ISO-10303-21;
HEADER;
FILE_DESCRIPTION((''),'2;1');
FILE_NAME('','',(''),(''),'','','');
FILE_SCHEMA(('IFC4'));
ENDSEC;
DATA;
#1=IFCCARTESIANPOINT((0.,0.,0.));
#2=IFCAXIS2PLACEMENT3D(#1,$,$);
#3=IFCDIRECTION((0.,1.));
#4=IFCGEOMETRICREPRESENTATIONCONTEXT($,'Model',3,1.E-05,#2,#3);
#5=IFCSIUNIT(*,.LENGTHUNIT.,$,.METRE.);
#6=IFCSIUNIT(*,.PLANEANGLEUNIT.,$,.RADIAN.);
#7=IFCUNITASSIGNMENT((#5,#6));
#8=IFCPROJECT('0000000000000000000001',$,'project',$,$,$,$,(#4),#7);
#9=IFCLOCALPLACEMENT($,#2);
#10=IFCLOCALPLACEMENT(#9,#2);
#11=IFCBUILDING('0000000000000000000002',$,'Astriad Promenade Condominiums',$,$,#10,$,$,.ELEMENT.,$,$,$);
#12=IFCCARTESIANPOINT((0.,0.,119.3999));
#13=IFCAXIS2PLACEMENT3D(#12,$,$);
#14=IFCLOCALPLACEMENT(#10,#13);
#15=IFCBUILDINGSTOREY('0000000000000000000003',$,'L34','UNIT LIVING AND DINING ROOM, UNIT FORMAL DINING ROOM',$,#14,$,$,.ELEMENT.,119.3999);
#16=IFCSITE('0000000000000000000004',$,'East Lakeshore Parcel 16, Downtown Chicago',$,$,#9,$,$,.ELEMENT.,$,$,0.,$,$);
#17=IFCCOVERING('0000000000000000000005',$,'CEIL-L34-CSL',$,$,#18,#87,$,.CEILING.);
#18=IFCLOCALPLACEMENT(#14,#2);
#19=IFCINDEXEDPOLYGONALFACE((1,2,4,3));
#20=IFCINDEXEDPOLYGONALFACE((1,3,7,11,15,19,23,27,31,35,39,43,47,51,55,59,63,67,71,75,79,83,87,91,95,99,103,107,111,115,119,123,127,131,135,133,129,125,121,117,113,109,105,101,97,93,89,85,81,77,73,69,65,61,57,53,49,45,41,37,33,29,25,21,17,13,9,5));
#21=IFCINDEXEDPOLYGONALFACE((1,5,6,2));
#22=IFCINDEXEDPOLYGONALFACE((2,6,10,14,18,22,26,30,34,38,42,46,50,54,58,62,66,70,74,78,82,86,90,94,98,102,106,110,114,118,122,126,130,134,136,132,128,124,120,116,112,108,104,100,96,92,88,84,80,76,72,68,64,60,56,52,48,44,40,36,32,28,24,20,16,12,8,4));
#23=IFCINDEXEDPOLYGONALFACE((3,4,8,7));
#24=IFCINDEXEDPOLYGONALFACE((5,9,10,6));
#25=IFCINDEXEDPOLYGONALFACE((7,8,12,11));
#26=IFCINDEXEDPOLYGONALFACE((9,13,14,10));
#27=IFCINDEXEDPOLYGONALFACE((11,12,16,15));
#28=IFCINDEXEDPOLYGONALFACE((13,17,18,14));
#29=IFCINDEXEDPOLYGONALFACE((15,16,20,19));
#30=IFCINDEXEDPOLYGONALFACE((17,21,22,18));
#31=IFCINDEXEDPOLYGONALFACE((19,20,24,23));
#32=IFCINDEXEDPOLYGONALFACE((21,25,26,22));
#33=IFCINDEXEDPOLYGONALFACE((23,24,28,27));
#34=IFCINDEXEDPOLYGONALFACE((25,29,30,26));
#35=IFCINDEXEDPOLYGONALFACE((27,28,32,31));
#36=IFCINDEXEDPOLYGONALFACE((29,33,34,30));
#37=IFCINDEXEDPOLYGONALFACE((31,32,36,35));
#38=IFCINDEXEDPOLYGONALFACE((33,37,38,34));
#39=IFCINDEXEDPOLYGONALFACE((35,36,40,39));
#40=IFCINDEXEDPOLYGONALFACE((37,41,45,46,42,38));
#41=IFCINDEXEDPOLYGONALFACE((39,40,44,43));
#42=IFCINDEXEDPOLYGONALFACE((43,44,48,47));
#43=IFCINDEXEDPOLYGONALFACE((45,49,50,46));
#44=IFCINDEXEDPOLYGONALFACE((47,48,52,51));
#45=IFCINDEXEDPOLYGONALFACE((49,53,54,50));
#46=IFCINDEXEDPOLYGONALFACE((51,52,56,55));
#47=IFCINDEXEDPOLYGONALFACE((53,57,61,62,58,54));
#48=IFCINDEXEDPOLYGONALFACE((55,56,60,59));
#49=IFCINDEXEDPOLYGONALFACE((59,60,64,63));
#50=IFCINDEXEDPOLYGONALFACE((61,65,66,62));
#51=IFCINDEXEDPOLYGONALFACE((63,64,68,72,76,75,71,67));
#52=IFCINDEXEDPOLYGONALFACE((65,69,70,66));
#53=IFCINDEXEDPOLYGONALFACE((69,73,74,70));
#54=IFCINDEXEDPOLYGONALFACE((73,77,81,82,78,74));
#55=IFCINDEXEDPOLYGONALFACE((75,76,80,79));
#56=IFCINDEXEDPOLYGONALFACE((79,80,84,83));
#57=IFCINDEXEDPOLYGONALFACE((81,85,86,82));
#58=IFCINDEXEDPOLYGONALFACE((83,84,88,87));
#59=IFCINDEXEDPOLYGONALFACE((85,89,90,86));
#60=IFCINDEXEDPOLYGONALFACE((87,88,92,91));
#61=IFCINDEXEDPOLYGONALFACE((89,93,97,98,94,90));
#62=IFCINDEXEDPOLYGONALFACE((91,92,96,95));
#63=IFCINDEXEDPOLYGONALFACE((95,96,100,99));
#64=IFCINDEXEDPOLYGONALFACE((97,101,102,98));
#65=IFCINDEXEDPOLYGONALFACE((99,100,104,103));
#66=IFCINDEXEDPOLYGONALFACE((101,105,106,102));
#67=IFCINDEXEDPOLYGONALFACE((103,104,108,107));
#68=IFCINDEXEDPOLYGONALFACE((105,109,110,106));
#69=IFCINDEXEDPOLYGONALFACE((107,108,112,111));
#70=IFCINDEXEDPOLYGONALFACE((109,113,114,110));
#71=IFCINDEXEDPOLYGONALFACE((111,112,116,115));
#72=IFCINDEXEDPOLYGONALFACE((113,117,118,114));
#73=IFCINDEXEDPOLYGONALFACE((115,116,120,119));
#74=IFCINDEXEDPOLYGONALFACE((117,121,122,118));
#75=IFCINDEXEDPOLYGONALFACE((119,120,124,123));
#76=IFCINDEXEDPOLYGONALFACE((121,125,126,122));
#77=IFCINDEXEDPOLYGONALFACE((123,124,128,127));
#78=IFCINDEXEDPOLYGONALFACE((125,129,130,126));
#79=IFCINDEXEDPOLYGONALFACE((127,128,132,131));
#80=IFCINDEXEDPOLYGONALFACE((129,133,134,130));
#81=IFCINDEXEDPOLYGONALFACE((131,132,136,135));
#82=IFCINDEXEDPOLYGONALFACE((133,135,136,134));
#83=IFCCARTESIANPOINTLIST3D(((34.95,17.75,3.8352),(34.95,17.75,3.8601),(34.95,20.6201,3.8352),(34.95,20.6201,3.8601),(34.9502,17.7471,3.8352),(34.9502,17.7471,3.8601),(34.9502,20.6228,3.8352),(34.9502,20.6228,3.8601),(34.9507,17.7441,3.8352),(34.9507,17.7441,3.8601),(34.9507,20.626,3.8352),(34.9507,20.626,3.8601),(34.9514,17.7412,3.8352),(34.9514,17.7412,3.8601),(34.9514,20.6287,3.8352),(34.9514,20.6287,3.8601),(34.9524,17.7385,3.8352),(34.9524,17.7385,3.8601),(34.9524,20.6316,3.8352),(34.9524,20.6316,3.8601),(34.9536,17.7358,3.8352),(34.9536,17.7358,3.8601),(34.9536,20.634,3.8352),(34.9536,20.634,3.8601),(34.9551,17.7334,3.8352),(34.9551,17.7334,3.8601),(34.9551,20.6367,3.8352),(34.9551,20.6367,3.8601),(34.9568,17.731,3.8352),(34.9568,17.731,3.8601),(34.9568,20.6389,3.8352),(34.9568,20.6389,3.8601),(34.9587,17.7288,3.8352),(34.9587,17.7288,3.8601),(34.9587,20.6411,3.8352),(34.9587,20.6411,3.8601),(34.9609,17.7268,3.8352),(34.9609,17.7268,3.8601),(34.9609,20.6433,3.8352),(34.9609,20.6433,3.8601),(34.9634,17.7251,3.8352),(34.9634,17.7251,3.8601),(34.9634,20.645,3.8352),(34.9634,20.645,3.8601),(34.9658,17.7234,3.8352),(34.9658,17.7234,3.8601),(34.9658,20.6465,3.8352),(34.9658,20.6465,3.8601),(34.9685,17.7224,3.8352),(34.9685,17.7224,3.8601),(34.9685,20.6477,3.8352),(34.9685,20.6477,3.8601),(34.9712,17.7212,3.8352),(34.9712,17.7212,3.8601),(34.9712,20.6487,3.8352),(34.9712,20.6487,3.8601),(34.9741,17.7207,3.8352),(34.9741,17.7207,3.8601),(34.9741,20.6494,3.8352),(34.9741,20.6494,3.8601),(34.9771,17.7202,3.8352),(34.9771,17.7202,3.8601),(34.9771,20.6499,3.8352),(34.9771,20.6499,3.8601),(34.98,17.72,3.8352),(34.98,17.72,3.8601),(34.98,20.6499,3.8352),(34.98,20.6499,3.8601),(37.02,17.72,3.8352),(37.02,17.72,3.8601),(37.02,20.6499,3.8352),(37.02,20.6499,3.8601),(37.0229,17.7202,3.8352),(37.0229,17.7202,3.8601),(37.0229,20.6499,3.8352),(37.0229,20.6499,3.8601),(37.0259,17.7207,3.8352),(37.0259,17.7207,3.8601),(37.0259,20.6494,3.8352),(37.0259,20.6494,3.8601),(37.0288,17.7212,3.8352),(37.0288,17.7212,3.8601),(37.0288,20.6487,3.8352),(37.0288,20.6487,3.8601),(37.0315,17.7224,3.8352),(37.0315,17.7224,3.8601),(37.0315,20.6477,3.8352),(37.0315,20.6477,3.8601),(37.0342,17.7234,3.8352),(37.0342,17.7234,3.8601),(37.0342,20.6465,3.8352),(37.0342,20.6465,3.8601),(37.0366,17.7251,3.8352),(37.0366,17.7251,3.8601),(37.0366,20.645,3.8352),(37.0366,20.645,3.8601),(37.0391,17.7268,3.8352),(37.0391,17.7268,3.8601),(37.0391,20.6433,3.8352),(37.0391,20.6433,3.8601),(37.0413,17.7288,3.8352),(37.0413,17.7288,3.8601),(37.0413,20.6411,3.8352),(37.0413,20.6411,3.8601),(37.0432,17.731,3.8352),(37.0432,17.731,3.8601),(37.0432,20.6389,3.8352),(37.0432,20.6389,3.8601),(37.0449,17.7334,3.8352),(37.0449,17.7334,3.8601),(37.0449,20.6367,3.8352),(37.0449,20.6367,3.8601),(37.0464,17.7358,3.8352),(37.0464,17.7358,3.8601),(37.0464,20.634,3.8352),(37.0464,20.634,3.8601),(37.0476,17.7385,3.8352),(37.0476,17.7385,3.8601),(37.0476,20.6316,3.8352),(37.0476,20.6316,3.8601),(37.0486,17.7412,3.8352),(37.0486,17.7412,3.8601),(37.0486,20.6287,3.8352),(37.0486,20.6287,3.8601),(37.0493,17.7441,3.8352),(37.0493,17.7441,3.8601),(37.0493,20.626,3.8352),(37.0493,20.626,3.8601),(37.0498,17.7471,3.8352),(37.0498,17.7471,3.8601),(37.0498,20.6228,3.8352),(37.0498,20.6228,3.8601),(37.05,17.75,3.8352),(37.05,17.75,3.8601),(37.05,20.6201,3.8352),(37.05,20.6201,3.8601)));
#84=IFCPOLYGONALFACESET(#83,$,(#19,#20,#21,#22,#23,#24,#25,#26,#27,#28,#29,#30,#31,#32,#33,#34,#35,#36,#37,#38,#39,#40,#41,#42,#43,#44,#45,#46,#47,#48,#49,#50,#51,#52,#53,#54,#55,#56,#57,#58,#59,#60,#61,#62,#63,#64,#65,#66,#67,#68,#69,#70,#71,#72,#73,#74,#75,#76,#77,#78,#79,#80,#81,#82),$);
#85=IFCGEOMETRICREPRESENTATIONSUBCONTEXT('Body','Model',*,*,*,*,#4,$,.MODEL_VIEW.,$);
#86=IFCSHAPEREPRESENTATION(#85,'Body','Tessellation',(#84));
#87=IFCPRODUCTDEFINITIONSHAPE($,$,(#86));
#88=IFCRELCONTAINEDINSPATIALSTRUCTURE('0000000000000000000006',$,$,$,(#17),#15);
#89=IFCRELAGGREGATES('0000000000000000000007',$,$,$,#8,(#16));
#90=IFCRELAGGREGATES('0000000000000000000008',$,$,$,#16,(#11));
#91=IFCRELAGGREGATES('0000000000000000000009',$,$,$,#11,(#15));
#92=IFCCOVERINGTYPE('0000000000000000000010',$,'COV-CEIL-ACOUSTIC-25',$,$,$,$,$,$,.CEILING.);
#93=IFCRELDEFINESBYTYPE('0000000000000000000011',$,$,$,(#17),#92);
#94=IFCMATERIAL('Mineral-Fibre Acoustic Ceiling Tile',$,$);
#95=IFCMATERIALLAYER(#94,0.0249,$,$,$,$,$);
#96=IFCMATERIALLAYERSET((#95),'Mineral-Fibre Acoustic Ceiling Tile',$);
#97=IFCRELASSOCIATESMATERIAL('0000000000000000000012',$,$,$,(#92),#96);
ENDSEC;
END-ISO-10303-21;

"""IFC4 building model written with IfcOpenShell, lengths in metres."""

from ifc_helpers import new_model, si_unit, direction, frame, origin, place, context, subcontext, project, spatial, polyline, outline, extrude, material, layer, layer_set, type_object, element, save


model = new_model("IFC4")

# Units and contexts
model_context = context("Model", 3, precision=1e-05, world=origin(), true_north=direction((0.0, 1.0)))
body_context = subcontext(model_context, "Body", "Model", "MODEL_VIEW")
ifc_project = project(units=[si_unit("LENGTHUNIT", "METRE"), si_unit("PLANEANGLEUNIT", "RADIAN")], contexts=[model_context])

# Site, building, storey
site_placement = place(None, origin())
site = spatial("IfcSite", under=ifc_project, at=site_placement, Name="East Lakeshore Parcel 16, Downtown Chicago", CompositionType="ELEMENT", RefElevation=0.0)
building_placement = place(site_placement, origin())
building = spatial("IfcBuilding", under=site, at=building_placement, Name="Astriad Promenade Condominiums", CompositionType="ELEMENT")
storey_placement = place(building_placement, frame((0.0, 0.0, 119.3999)))
storey = spatial("IfcBuildingStorey", under=building, at=storey_placement, Name="L34", Description="UNIT LIVING AND DINING ROOM, UNIT FORMAL DINING ROOM", CompositionType="ELEMENT", Elevation=119.3999)

# Covering
ifc_material_1 = material(Name="Mineral-Fibre Acoustic Ceiling Tile")
ifc_layer_1 = layer(ifc_material_1, 0.0249)
ifc_layer_set_1 = layer_set([ifc_layer_1], Name="Mineral-Fibre Acoustic Ceiling Tile")
covering_type_1 = type_object("IfcCoveringType", Name="COV-CEIL-ACOUSTIC-25", PredefinedType="CEILING", material=ifc_layer_set_1)
covering_1_placement = place(storey_placement, frame((0.0, 0.0, 3.8352)))
element("IfcCovering", 1, at=covering_1_placement, inside=storey, type_object=covering_type_1, Name="CEIL-L34-CSL", PredefinedType="CEILING", context=body_context, shape_type="SweptSolid", body=[
    extrude(outline(polyline([(34.98, 17.72), (34.9771, 17.7202), (34.9741, 17.7207), (34.9712, 17.7212), (34.9685, 17.7224), (34.9658, 17.7234), (34.9634, 17.7251), (34.9609, 17.7268), (34.9587, 17.7288), (34.9568, 17.731), (34.9551, 17.7334), (34.9536, 17.7358), (34.9524, 17.7385), (34.9514, 17.7412), (34.9507, 17.7441), (34.9502, 17.7471), (34.95, 17.75), (34.95, 20.6201), (34.9502, 20.6228), (34.9507, 20.626), (34.9514, 20.6287), (34.9524, 20.6316), (34.9536, 20.634), (34.9551, 20.6367), (34.9568, 20.6389), (34.9587, 20.6411), (34.9609, 20.6433), (34.9634, 20.645), (34.9658, 20.6465), (34.9685, 20.6477), (34.9712, 20.6487), (34.9741, 20.6494), (34.9771, 20.6499), (34.98, 20.6499), (37.02, 20.6499), (37.0229, 20.6499), (37.0259, 20.6494), (37.0288, 20.6487), (37.0315, 20.6477), (37.0342, 20.6465), (37.0366, 20.645), (37.0391, 20.6433), (37.0413, 20.6411), (37.0432, 20.6389), (37.0449, 20.6367), (37.0464, 20.634), (37.0476, 20.6316), (37.0486, 20.6287), (37.0493, 20.626), (37.0498, 20.6228), (37.05, 20.6201), (37.05, 17.75), (37.0498, 17.7471), (37.0493, 17.7441), (37.0486, 17.7412), (37.0476, 17.7385), (37.0464, 17.7358), (37.0449, 17.7334), (37.0432, 17.731), (37.0413, 17.7288), (37.0391, 17.7268), (37.0366, 17.7251), (37.0342, 17.7234), (37.0315, 17.7224), (37.0288, 17.7212), (37.0259, 17.7207), (37.0229, 17.7202), (37.02, 17.72), (34.98, 17.72)])), origin(), (0.0, 0.0, 1.0), 0.0249),
])

save(model, "model.ifc")
